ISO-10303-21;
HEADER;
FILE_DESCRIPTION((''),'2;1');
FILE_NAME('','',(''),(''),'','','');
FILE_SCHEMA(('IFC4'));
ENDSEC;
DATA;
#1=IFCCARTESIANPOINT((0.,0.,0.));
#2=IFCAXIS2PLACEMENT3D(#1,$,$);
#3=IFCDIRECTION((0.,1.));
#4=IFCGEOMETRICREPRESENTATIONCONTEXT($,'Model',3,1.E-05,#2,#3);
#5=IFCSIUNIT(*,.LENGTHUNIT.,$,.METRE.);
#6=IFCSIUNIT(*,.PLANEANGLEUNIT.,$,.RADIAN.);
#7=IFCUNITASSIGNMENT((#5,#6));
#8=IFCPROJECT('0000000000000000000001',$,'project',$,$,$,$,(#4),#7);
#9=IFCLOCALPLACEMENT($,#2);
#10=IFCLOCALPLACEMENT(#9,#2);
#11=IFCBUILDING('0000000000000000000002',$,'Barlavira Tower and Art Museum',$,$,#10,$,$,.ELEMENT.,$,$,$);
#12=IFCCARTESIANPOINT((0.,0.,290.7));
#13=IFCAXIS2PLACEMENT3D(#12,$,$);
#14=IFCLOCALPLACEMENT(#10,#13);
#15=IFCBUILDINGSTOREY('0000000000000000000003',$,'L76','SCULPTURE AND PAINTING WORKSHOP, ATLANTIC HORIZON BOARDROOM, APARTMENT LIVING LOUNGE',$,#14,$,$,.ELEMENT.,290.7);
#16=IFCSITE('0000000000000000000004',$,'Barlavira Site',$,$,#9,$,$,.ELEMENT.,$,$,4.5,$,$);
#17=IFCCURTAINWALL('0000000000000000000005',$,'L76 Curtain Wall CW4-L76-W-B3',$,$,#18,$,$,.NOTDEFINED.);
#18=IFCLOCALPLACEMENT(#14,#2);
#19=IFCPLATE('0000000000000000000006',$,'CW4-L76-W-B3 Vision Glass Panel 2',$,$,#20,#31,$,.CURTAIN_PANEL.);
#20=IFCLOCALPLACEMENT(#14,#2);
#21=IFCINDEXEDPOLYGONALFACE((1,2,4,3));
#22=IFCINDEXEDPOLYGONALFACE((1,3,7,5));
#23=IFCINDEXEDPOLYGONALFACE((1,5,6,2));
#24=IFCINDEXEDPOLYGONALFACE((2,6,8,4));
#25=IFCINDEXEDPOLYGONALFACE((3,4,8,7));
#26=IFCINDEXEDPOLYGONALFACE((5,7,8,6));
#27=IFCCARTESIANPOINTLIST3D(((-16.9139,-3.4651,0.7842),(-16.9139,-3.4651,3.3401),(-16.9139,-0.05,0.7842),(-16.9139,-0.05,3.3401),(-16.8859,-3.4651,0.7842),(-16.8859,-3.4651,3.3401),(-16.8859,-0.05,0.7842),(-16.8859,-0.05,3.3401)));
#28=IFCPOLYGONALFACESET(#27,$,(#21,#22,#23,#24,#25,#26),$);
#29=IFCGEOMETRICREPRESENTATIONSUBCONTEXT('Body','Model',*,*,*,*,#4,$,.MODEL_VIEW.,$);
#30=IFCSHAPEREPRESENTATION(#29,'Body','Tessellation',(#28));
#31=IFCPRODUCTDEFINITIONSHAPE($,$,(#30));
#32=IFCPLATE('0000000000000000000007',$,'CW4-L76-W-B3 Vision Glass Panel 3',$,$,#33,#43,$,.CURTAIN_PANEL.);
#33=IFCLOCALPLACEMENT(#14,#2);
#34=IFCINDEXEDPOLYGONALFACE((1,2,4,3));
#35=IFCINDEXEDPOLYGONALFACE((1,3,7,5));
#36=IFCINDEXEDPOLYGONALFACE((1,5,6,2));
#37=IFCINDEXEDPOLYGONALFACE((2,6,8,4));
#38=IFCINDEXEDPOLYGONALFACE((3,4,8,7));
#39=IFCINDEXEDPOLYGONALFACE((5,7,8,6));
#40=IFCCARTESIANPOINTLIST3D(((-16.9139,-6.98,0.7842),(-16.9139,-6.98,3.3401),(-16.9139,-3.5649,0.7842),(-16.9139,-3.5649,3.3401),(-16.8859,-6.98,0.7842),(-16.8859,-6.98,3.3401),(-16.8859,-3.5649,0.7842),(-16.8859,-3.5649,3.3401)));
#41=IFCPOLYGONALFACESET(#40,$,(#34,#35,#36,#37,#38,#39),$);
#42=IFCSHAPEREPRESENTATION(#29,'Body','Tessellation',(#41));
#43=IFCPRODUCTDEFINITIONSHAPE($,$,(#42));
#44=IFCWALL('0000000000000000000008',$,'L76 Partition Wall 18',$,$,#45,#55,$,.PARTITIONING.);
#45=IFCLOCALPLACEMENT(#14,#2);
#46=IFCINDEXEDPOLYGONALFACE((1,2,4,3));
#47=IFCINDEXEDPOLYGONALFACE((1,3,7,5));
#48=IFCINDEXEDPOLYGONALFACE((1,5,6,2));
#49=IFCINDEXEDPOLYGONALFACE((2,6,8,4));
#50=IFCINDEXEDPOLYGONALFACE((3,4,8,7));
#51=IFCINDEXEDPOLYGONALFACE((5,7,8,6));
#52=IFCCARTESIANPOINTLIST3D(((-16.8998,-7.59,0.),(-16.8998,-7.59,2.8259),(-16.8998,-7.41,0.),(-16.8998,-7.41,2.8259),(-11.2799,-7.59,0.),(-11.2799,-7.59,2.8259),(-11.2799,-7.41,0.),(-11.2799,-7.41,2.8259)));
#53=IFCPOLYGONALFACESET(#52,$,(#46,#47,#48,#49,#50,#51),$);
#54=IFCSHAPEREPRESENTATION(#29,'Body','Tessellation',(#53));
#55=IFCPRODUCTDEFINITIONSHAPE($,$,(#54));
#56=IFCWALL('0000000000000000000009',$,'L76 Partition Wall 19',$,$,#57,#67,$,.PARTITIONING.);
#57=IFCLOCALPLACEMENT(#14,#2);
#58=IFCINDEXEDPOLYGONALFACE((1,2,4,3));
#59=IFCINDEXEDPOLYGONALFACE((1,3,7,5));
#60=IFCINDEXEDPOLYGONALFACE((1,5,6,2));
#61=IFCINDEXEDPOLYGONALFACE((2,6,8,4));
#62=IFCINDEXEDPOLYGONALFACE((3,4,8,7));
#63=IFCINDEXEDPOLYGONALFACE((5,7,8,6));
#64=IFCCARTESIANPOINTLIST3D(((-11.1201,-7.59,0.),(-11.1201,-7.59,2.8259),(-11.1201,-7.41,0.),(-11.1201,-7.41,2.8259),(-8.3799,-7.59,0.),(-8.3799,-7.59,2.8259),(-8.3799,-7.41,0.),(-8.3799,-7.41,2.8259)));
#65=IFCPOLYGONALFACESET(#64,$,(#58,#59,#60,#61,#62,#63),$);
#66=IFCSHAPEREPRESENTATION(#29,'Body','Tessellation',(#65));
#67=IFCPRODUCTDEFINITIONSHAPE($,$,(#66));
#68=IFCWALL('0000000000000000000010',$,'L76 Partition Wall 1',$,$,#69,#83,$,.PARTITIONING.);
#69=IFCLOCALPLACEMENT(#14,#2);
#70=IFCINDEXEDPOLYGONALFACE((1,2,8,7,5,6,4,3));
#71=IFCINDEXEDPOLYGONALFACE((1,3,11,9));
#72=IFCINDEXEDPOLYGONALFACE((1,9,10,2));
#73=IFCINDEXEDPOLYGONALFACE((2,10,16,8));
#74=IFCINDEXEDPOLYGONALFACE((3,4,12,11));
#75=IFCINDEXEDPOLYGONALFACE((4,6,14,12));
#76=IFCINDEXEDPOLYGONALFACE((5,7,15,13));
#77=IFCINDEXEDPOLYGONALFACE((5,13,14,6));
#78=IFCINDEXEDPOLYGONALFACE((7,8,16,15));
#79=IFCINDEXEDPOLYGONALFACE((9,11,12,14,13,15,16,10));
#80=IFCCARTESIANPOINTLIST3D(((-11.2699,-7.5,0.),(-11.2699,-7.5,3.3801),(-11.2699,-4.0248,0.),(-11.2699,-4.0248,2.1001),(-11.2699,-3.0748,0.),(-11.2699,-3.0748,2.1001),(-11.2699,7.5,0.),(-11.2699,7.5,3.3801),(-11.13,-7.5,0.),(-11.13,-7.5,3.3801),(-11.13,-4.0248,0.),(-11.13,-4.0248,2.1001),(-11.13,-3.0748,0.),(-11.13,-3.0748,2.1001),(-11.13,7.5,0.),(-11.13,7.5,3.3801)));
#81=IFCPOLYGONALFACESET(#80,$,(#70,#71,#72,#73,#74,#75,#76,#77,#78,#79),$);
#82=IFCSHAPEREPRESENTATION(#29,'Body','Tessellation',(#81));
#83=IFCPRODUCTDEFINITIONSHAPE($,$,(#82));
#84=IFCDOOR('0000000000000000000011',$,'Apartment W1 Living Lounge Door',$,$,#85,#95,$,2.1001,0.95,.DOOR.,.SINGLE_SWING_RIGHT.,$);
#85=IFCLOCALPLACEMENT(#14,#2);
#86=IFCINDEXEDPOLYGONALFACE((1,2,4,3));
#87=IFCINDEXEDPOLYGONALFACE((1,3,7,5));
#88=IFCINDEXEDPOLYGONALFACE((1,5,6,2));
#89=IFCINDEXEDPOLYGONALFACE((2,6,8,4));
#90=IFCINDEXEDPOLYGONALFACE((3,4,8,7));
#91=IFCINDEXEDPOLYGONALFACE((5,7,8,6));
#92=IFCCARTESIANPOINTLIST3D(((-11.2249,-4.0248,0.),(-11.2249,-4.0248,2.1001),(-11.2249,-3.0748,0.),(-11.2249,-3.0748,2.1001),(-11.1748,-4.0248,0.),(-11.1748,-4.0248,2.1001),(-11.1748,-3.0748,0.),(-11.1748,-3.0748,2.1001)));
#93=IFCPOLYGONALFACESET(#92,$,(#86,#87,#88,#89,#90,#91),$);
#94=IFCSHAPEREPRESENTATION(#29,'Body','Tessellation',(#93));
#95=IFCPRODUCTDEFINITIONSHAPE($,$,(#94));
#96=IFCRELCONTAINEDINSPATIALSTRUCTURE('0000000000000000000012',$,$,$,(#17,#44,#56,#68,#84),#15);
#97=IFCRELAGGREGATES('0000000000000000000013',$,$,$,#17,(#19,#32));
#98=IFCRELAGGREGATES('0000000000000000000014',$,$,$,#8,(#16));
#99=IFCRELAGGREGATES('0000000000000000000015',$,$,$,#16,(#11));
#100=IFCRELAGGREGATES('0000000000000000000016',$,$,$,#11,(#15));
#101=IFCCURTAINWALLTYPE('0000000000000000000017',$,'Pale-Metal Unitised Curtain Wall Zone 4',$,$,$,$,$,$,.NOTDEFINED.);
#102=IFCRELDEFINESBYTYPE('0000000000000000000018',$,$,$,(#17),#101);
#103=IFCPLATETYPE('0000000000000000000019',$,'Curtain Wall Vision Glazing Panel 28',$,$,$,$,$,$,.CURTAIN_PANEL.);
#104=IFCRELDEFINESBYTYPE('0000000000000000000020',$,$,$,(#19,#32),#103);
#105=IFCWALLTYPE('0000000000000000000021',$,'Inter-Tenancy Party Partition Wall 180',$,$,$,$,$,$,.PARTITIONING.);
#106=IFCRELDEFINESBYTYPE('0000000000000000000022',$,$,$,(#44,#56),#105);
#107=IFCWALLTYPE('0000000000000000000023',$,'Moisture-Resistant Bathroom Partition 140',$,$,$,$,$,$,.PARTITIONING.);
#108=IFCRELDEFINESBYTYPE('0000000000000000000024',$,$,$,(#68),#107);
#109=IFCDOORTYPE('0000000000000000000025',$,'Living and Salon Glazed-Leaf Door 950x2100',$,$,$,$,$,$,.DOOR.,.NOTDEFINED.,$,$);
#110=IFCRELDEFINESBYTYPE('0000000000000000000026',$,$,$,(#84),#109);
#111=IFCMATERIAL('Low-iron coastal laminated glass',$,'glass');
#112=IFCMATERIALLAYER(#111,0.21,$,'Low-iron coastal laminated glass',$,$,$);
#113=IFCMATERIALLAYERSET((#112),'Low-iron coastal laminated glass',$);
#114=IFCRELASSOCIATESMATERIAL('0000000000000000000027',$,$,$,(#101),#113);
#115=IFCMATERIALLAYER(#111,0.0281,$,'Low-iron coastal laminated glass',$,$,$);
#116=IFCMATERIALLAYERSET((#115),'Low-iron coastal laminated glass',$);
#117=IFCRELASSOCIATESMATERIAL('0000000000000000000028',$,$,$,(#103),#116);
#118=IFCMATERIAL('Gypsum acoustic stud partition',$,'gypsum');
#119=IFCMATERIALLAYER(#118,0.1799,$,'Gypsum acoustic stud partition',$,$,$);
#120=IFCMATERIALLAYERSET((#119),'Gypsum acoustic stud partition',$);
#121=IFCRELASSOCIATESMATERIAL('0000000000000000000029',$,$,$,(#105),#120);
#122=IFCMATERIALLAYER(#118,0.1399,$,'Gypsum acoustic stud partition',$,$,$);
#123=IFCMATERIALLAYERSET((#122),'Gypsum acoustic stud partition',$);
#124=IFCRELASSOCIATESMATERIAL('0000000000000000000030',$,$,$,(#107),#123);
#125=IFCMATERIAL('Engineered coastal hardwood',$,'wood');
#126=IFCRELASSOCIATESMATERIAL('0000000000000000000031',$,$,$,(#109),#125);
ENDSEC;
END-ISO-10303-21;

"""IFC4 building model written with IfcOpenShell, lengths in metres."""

from ifc_helpers import new_model, si_unit, direction, frame, frame_2d, origin, origin_2d, place, context, subcontext, project, spatial, rectangle, extrude, material, layer, layer_set, type_object, element, fill, aggregate, save


model = new_model("IFC4")

# Units and contexts
model_context = context("Model", 3, precision=1e-05, world=origin(), true_north=direction((0.0, 1.0)))
body_context = subcontext(model_context, "Body", "Model", "MODEL_VIEW")
ifc_project = project(units=[si_unit("LENGTHUNIT", "METRE"), si_unit("PLANEANGLEUNIT", "RADIAN")], contexts=[model_context])

# Site, building, storey
site_placement = place(None, origin())
site = spatial("IfcSite", under=ifc_project, at=site_placement, Name="Barlavira Site", CompositionType="ELEMENT", RefElevation=4.5)
building_placement = place(site_placement, origin())
building = spatial("IfcBuilding", under=site, at=building_placement, Name="Barlavira Tower and Art Museum", CompositionType="ELEMENT")
storey_placement = place(building_placement, frame((0.0, 0.0, 290.7)))
storey = spatial("IfcBuildingStorey", under=building, at=storey_placement, Name="L76", Description="SCULPTURE AND PAINTING WORKSHOP, ATLANTIC HORIZON BOARDROOM, APARTMENT LIVING LOUNGE", CompositionType="ELEMENT", Elevation=290.7)

# Curtain wall
ifc_material_1 = material(Name="Low-iron coastal laminated glass", Category="glass")
ifc_layer_1 = layer(ifc_material_1, 0.21, Name="Low-iron coastal laminated glass")
ifc_layer_set_1 = layer_set([ifc_layer_1], Name="Low-iron coastal laminated glass")
curtain_wall_type = type_object("IfcCurtainWallType", Name="Pale-Metal Unitised Curtain Wall Zone 4", PredefinedType="NOTDEFINED", material=ifc_layer_set_1)
curtain_wall_placement = place(storey_placement, origin())
curtain_wall = element("IfcCurtainWall", 1, at=curtain_wall_placement, inside=storey, type_object=curtain_wall_type, Name="L76 Curtain Wall CW4-L76-W-B3", PredefinedType="NOTDEFINED")

# Plates
ifc_layer_2 = layer(ifc_material_1, 0.0281, Name="Low-iron coastal laminated glass")
ifc_layer_set_2 = layer_set([ifc_layer_2], Name="Low-iron coastal laminated glass")
plate_type_1 = type_object("IfcPlateType", Name="Curtain Wall Vision Glazing Panel 28", PredefinedType="CURTAIN_PANEL", material=ifc_layer_set_2)
plate_1_placement = place(storey_placement, frame((-16.8999, -1.7576, 0.7842), z_axis=(0.0, 0.0, 1.0), x_axis=(0.0, -1.0, 0.0)))
plate_1 = element("IfcPlate", 2, at=plate_1_placement, type_object=plate_type_1, Name="CW4-L76-W-B3 Vision Glass Panel 2", PredefinedType="CURTAIN_PANEL", context=body_context, shape_type="SweptSolid", body=[
    extrude(rectangle(XDim=3.415, YDim=0.0281, at=origin_2d()), origin(), (0.0, 0.0, 1.0), 2.5559),
])
plate_2_placement = place(storey_placement, frame((-16.8999, -5.2725, 0.7842), z_axis=(0.0, 0.0, 1.0), x_axis=(0.0, -1.0, 0.0)))
plate_2 = element("IfcPlate", 3, at=plate_2_placement, type_object=plate_type_1, Name="CW4-L76-W-B3 Vision Glass Panel 3", PredefinedType="CURTAIN_PANEL", context=body_context, shape_type="SweptSolid", body=[
    extrude(rectangle(XDim=3.415, YDim=0.0281, at=origin_2d()), origin(), (0.0, 0.0, 1.0), 2.5559),
])
aggregate(curtain_wall, [plate_1, plate_2])

# Walls
ifc_material_2 = material(Name="Gypsum acoustic stud partition", Category="gypsum")
ifc_layer_3 = layer(ifc_material_2, 0.1799, Name="Gypsum acoustic stud partition")
ifc_layer_set_3 = layer_set([ifc_layer_3], Name="Gypsum acoustic stud partition")
wall_type_1 = type_object("IfcWallType", Name="Inter-Tenancy Party Partition Wall 180", PredefinedType="PARTITIONING", material=ifc_layer_set_3)
wall_1_placement = place(storey_placement, frame((-16.8999, -7.5, 0.0), z_axis=(0.0, 0.0, 1.0), x_axis=(1.0, 0.0, 0.0)))
element("IfcWall", 4, at=wall_1_placement, inside=storey, type_object=wall_type_1, Name="L76 Partition Wall 18", PredefinedType="PARTITIONING", context=body_context, shape_type="SweptSolid", body=[
    extrude(rectangle(XDim=5.6199, YDim=0.1799, at=frame_2d((2.8101, 0.0))), origin(), (0.0, 0.0, 1.0), 2.8259),
])
wall_2_placement = place(storey_placement, frame((-11.1201, -7.5, 0.0), z_axis=(0.0, 0.0, 1.0), x_axis=(1.0, 0.0, 0.0)))
element("IfcWall", 5, at=wall_2_placement, inside=storey, type_object=wall_type_1, Name="L76 Partition Wall 19", PredefinedType="PARTITIONING", context=body_context, shape_type="SweptSolid", body=[
    extrude(rectangle(XDim=2.7402, YDim=0.1799, at=frame_2d((1.3701, 0.0))), origin(), (0.0, 0.0, 1.0), 2.8259),
])

# Wall, opening, door
ifc_layer_4 = layer(ifc_material_2, 0.1399, Name="Gypsum acoustic stud partition")
ifc_layer_set_4 = layer_set([ifc_layer_4], Name="Gypsum acoustic stud partition")
wall_type_2 = type_object("IfcWallType", Name="Moisture-Resistant Bathroom Partition 140", PredefinedType="PARTITIONING", material=ifc_layer_set_4)
wall_3_placement = place(storey_placement, frame((-11.2, -7.5, 0.0), z_axis=(0.0, 0.0, 1.0), x_axis=(0.0, 1.0, 0.0)))
wall_3 = element("IfcWall", 6, at=wall_3_placement, inside=storey, type_object=wall_type_2, Name="L76 Partition Wall 1", PredefinedType="PARTITIONING", context=body_context, shape_type="SweptSolid", body=[
    extrude(rectangle(XDim=15.0, YDim=0.1399, at=frame_2d((7.5, 0.0))), origin(), (0.0, 0.0, 1.0), 3.3801),
])
opening_placement = place(wall_3_placement, frame((3.4751, 0.0, 0.0)))
opening = element("IfcOpeningElement", 7, at=opening_placement, cuts=wall_3, PredefinedType="OPENING", context=body_context, shape_type="SweptSolid", body=[
    extrude(rectangle(XDim=0.95, YDim=2.1001, at=frame_2d((0.4751, 1.05))), frame((0.0, 0.0801, 0.0), z_axis=(0.0, -1.0, 0.0), x_axis=(1.0, 0.0, 0.0)), (0.0, 0.0, 1.0), 0.1599),
])
ifc_material_3 = material(Name="Engineered coastal hardwood", Category="wood")
door_type = type_object("IfcDoorType", Name="Living and Salon Glazed-Leaf Door 950x2100", OperationType="NOTDEFINED", PredefinedType="DOOR", material=ifc_material_3)
door_placement = place(opening_placement, origin())
door = element("IfcDoor", 8, at=door_placement, inside=storey, type_object=door_type, Name="Apartment W1 Living Lounge Door", OperationType="SINGLE_SWING_RIGHT", OverallHeight=2.1001, OverallWidth=0.95, PredefinedType="DOOR", context=body_context, shape_type="SweptSolid", body=[
    extrude(rectangle(XDim=0.95, YDim=2.1001, at=frame_2d((0.4751, 1.05))), frame((0.0, 0.0249, 0.0), z_axis=(0.0, -1.0, 0.0), x_axis=(1.0, 0.0, 0.0)), (0.0, 0.0, 1.0), 0.05),
])
fill(opening, door)

save(model, "model.ifc")
